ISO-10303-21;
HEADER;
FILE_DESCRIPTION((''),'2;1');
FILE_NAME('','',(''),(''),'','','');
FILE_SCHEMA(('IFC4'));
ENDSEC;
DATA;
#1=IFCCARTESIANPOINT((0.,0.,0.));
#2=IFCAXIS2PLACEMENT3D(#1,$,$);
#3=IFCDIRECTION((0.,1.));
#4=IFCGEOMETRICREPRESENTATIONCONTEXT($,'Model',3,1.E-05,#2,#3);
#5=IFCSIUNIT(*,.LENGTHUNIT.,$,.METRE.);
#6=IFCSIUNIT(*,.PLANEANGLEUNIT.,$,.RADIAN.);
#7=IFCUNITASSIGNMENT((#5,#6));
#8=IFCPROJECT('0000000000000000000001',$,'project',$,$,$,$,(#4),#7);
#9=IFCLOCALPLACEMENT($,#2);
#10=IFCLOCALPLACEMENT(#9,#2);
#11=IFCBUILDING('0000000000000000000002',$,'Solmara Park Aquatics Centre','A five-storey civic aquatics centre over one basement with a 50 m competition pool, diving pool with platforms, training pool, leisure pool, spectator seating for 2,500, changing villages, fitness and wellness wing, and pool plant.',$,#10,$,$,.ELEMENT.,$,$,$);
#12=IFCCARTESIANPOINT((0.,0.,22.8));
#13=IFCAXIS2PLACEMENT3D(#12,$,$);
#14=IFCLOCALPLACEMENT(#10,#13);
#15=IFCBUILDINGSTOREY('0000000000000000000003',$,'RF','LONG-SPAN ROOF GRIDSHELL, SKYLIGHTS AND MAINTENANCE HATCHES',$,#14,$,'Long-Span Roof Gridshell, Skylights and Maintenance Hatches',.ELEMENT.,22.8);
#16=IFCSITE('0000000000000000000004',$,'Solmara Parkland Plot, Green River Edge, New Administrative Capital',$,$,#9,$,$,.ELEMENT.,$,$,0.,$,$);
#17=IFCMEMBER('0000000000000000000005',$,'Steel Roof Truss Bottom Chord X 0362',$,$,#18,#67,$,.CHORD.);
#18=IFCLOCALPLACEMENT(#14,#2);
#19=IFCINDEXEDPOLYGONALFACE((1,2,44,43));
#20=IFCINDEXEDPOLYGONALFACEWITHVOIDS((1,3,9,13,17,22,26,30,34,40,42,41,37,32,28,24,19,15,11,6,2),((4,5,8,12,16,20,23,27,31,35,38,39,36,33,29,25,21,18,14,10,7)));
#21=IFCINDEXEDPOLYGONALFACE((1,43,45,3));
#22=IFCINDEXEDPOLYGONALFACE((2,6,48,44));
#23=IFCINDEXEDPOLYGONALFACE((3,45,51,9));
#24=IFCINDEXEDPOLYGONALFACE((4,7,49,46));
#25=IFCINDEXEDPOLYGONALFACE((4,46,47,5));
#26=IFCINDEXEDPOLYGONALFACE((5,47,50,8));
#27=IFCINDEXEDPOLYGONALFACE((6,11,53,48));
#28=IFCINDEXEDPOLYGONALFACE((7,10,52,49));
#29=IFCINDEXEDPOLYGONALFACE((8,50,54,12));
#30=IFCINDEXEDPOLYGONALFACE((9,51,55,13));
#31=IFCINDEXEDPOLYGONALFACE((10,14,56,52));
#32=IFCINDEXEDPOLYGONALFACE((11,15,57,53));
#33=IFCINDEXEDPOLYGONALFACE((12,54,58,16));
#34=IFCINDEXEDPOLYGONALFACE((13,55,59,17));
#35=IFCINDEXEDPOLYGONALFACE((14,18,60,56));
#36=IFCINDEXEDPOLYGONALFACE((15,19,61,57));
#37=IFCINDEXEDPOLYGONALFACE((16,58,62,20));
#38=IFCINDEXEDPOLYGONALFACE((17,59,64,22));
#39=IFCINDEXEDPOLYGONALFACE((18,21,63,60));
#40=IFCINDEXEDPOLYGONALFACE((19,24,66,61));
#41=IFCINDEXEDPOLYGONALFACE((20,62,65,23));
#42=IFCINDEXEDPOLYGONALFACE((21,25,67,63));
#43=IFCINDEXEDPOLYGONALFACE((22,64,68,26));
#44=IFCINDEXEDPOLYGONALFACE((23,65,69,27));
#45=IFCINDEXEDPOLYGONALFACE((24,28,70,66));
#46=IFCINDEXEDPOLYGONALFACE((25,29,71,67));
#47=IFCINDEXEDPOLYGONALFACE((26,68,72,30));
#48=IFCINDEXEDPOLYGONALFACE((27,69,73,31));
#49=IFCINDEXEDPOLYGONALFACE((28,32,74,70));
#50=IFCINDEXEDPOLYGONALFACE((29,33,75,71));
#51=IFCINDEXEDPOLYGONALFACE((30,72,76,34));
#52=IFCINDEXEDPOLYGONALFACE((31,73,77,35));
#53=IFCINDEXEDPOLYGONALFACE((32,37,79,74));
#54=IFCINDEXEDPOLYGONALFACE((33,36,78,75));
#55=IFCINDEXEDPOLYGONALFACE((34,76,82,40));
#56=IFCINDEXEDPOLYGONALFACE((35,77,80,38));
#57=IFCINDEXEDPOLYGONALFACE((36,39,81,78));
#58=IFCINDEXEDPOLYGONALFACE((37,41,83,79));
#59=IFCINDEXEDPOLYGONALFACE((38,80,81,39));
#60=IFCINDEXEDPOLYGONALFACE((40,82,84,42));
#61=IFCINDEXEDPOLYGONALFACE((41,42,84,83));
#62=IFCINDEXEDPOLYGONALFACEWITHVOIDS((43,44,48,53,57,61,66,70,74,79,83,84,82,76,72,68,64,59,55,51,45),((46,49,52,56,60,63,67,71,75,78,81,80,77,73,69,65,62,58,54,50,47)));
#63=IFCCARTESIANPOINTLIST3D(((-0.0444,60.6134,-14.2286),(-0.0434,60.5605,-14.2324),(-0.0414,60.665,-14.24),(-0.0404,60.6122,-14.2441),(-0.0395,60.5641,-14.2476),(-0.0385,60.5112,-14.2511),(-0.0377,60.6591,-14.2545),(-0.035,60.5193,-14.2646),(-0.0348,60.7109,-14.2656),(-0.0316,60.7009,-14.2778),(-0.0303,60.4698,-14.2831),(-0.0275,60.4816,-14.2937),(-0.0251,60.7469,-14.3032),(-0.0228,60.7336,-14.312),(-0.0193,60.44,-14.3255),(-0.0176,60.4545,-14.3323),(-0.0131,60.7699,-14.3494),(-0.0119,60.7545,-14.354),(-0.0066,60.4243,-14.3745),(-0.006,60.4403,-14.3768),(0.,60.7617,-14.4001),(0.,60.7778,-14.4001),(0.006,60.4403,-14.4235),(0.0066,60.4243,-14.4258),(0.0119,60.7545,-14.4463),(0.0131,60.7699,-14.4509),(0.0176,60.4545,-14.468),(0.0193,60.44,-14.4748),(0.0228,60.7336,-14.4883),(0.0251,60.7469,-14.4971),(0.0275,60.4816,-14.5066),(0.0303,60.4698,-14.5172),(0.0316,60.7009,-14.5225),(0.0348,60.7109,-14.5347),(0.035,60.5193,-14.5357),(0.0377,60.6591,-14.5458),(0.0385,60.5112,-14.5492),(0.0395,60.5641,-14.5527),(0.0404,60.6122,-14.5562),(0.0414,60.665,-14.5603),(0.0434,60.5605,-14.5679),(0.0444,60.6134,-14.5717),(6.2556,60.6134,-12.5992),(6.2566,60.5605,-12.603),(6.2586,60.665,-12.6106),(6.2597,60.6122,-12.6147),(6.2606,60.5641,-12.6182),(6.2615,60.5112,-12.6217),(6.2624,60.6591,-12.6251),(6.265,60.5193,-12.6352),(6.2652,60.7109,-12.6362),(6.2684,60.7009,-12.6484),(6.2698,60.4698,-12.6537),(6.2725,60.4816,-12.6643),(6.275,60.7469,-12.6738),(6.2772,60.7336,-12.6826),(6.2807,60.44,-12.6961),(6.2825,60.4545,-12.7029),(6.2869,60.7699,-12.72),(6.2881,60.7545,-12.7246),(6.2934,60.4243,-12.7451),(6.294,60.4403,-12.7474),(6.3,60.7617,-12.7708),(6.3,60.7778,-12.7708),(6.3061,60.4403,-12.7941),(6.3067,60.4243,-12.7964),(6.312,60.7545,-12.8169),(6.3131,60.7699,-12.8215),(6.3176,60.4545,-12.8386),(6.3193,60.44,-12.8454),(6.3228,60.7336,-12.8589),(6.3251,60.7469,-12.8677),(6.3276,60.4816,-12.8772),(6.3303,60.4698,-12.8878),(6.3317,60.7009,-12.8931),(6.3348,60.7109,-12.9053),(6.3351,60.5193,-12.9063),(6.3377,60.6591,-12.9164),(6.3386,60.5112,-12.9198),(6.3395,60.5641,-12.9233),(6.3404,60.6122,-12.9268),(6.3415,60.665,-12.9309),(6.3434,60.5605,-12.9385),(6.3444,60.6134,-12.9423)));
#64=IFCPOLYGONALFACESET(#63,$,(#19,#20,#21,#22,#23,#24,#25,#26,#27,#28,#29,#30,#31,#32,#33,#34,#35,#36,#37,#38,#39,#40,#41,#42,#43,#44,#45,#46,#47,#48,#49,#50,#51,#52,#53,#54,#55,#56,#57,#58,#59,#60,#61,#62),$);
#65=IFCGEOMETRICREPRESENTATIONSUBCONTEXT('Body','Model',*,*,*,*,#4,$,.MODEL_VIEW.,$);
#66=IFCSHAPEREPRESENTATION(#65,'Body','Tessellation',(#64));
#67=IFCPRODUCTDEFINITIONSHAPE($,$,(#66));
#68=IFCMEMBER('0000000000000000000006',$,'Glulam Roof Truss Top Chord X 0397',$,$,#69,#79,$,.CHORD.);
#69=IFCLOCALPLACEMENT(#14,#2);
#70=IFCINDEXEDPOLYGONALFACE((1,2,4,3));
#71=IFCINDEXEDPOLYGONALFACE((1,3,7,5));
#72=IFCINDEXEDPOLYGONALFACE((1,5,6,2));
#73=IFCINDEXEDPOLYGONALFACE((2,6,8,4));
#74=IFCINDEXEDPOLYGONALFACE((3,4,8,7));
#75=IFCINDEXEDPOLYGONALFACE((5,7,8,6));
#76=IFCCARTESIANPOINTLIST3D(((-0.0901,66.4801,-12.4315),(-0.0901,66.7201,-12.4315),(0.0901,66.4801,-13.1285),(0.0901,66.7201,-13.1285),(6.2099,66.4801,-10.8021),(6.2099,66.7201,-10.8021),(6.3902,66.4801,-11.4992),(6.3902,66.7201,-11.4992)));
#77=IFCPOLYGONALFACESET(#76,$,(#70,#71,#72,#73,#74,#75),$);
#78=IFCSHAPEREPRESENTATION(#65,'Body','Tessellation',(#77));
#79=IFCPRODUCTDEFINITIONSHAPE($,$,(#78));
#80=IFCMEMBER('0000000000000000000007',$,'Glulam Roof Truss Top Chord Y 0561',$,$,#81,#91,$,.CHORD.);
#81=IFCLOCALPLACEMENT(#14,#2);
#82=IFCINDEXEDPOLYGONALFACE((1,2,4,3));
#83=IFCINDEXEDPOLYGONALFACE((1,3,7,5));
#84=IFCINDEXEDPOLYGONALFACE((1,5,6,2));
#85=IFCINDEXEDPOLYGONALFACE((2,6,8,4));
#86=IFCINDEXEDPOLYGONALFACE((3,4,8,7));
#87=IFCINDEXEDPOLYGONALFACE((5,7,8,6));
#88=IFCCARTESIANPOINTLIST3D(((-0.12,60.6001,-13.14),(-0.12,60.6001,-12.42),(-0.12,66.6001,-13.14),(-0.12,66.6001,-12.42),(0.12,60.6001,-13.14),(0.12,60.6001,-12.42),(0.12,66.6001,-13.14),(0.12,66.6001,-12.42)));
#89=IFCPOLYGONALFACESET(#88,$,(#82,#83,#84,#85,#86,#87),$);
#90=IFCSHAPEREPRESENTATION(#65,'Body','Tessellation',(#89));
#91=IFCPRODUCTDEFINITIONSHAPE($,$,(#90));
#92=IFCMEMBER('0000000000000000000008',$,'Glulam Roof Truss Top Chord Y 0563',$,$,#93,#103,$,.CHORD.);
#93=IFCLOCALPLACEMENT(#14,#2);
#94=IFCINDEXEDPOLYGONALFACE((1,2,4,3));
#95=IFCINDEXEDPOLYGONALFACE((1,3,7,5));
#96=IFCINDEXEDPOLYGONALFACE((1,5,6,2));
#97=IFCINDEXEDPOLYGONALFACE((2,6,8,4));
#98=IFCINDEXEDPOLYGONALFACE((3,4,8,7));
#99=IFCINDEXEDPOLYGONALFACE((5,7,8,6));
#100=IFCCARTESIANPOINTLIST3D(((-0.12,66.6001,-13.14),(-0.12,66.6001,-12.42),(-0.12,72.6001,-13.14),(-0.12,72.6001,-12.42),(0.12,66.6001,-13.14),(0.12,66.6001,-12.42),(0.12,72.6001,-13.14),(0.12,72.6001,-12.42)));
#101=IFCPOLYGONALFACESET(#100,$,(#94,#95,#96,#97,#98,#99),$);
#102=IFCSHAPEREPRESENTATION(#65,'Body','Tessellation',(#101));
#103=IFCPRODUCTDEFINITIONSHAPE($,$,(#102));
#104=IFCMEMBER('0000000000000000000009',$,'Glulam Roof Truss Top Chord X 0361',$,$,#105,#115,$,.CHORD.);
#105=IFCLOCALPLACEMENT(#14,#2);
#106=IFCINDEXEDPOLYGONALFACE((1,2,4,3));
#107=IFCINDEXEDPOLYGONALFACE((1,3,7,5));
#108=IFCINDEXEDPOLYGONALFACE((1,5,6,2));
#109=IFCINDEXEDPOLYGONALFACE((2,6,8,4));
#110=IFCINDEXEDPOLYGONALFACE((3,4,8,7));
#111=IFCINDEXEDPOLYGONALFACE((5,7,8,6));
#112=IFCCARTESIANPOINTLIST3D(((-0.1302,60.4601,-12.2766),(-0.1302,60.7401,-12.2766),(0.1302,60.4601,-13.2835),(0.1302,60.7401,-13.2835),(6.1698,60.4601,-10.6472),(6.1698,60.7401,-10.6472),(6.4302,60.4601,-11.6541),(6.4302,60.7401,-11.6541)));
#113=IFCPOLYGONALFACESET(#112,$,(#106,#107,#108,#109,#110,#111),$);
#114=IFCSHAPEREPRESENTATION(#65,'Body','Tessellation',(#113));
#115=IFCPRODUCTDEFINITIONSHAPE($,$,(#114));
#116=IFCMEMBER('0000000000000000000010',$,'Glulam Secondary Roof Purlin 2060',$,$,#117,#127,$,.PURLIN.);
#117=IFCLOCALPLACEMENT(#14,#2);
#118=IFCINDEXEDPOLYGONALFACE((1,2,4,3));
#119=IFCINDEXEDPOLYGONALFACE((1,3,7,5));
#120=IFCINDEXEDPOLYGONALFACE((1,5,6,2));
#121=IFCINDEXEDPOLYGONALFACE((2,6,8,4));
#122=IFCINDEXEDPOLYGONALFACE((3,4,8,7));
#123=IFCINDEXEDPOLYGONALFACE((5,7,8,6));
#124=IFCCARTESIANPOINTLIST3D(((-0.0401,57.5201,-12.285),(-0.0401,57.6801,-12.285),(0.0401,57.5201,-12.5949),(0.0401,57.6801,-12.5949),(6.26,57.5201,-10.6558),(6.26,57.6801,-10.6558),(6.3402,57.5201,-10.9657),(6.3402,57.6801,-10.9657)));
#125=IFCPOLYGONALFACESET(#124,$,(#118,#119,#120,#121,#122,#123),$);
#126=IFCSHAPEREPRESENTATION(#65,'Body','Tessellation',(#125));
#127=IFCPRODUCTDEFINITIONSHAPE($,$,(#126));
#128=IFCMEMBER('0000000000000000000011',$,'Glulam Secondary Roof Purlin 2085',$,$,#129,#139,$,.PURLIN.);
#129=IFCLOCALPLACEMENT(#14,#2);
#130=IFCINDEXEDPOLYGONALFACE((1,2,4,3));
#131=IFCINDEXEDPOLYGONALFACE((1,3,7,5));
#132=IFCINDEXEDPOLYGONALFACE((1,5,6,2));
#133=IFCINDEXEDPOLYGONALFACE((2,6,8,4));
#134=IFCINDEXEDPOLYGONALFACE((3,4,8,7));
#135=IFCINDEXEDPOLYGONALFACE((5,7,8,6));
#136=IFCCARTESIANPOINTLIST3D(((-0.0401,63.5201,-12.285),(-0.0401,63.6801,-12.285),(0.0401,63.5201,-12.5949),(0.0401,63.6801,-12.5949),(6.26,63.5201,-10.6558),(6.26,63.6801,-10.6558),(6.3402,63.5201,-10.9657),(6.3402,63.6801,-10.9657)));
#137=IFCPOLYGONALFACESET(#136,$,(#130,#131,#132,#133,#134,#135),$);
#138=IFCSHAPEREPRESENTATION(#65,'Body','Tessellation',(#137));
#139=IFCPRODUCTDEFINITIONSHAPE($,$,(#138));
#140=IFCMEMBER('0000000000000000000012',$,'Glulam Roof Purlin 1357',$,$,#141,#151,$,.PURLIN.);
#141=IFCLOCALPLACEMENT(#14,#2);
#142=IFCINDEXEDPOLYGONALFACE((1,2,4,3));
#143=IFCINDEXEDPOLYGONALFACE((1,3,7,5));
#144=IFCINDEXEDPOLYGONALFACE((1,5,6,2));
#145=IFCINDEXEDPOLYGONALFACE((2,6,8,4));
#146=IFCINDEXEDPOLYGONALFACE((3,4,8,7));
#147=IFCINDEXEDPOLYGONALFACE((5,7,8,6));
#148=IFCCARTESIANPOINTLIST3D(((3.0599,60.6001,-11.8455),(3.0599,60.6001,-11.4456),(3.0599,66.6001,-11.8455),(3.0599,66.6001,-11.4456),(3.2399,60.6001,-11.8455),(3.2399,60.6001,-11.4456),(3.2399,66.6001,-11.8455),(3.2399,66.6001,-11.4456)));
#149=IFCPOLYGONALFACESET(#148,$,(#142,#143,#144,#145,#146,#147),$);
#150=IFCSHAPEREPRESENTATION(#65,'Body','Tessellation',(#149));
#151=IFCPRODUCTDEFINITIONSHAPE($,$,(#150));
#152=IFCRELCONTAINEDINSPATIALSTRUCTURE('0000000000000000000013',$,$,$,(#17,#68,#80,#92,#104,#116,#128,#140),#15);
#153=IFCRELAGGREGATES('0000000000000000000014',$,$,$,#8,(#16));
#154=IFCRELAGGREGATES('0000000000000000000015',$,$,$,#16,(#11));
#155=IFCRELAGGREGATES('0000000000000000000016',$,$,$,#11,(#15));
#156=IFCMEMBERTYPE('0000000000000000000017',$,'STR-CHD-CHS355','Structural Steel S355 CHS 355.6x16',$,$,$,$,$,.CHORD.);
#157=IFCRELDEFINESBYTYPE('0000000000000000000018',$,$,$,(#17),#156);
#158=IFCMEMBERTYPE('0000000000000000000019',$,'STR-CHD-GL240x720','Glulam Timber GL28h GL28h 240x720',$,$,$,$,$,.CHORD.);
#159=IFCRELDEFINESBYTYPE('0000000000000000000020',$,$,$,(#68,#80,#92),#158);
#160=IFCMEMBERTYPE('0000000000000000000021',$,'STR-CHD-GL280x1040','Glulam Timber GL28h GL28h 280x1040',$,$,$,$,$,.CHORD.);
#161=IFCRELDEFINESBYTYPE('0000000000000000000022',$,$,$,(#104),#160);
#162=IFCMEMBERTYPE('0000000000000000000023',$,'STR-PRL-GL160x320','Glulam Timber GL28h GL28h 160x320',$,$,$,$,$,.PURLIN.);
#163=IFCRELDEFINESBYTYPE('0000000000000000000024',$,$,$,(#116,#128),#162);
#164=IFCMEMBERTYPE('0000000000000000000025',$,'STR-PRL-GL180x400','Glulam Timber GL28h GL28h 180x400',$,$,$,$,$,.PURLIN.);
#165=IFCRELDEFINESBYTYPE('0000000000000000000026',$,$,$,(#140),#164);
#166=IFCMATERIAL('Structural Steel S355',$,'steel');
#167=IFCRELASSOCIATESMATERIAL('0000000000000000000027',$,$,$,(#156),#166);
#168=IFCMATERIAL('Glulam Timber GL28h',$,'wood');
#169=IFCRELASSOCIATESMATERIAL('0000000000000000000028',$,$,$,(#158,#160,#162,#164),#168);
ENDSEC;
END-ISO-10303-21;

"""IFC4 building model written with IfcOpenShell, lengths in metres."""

from ifc_helpers import new_model, si_unit, direction, frame, origin, origin_2d, place, context, subcontext, project, spatial, rectangle, hollow_circle, extrude, material, material_profile, profile_set, type_object, element, save


model = new_model("IFC4")

# Units and contexts
model_context = context("Model", 3, precision=1e-05, world=origin(), true_north=direction((0.0, 1.0)))
body_context = subcontext(model_context, "Body", "Model", "MODEL_VIEW")
ifc_project = project(units=[si_unit("LENGTHUNIT", "METRE"), si_unit("PLANEANGLEUNIT", "RADIAN")], contexts=[model_context])

# Site, building, storey
site_placement = place(None, origin())
site = spatial("IfcSite", under=ifc_project, at=site_placement, Name="Solmara Parkland Plot, Green River Edge, New Administrative Capital", CompositionType="ELEMENT", RefElevation=0.0)
building_placement = place(site_placement, origin())
building = spatial("IfcBuilding", under=site, at=building_placement, Name="Solmara Park Aquatics Centre", Description="A five-storey civic aquatics centre over one basement with a 50 m competition pool, diving pool with platforms, training pool, leisure pool, spectator seating for 2,500, changing villages, fitness and wellness wing, and pool plant.", CompositionType="ELEMENT")
storey_placement = place(building_placement, frame((0.0, 0.0, 22.8)))
storey = spatial("IfcBuildingStorey", under=building, at=storey_placement, Name="RF", Description="LONG-SPAN ROOF GRIDSHELL, SKYLIGHTS AND MAINTENANCE HATCHES", LongName="Long-Span Roof Gridshell, Skylights and Maintenance Hatches", CompositionType="ELEMENT", Elevation=22.8)

# Members
ifc_material_1 = material(Name="Structural Steel S355", Category="steel")
ifc_material_profile_1 = material_profile(ifc_material_1, hollow_circle(Radius=0.1777, WallThickness=0.0161, at=origin_2d()), Name="CHS 355.6x16")
ifc_profile_set_1 = profile_set([ifc_material_profile_1], Name="Structural Steel S355")
member_type_1 = type_object("IfcMemberType", Name="STR-CHD-CHS355", Description="Structural Steel S355 CHS 355.6x16", PredefinedType="CHORD", material=ifc_profile_set_1)
member_1_placement = place(storey_placement, frame((0.0, 60.6001, -14.4001), z_axis=(0.968144, 0.0, 0.250393), x_axis=(0.0, 1.0, 0.0)))
element("IfcMember", 1, at=member_1_placement, inside=storey, type_object=member_type_1, Name="Steel Roof Truss Bottom Chord X 0362", PredefinedType="CHORD", context=body_context, shape_type="SweptSolid", body=[
    extrude(hollow_circle(Radius=0.1777, WallThickness=0.0161, at=origin_2d()), origin(), (0.0, 0.0, 1.0), 6.5073),
])
ifc_material_2 = material(Name="Glulam Timber GL28h", Category="wood")
ifc_material_profile_2 = material_profile(ifc_material_2, rectangle(XDim=0.24, YDim=0.72, at=origin_2d()), Name="GL28h 240x720")
ifc_profile_set_2 = profile_set([ifc_material_profile_2], Name="Glulam Timber GL28h")
member_type_2 = type_object("IfcMemberType", Name="STR-CHD-GL240x720", Description="Glulam Timber GL28h GL28h 240x720", PredefinedType="CHORD", material=ifc_profile_set_2)
member_2_placement = place(storey_placement, frame((0.0, 66.6001, -12.78), z_axis=(0.968144, 0.0, 0.250393), x_axis=(0.0, 1.0, 0.0)))
element("IfcMember", 2, at=member_2_placement, inside=storey, type_object=member_type_2, Name="Glulam Roof Truss Top Chord X 0397", PredefinedType="CHORD", context=body_context, shape_type="SweptSolid", body=[
    extrude(rectangle(XDim=0.24, YDim=0.72, at=origin_2d()), origin(), (0.0, 0.0, 1.0), 6.5073),
])
for number, where, z_axis, x_axis, name in (
    (3, (0.0, 60.6001, -12.78), (0.0, 1.0, 0.0), (-1.0, 0.0, 0.0), "Glulam Roof Truss Top Chord Y 0561"),
    (4, (0.0, 66.6001, -12.78), (0.0, 1.0, 0.0), (-1.0, 0.0, 0.0), "Glulam Roof Truss Top Chord Y 0563"),
):
    element("IfcMember", number, at=place(storey_placement, frame(where, z_axis=z_axis, x_axis=x_axis)), inside=storey, type_object=member_type_2, Name=name, PredefinedType="CHORD", context=body_context, shape_type="SweptSolid", body=[
        extrude(rectangle(XDim=0.24, YDim=0.72, at=origin_2d()), origin(), (0.0, 0.0, 1.0), 6.0),
    ])
ifc_material_profile_3 = material_profile(ifc_material_2, rectangle(XDim=0.28, YDim=1.04, at=origin_2d()), Name="GL28h 280x1040")
ifc_profile_set_3 = profile_set([ifc_material_profile_3], Name="Glulam Timber GL28h")
member_type_3 = type_object("IfcMemberType", Name="STR-CHD-GL280x1040", Description="Glulam Timber GL28h GL28h 280x1040", PredefinedType="CHORD", material=ifc_profile_set_3)
member_3_placement = place(storey_placement, frame((0.0, 60.6001, -12.78), z_axis=(0.968144, 0.0, 0.250393), x_axis=(0.0, 1.0, 0.0)))
element("IfcMember", 5, at=member_3_placement, inside=storey, type_object=member_type_3, Name="Glulam Roof Truss Top Chord X 0361", PredefinedType="CHORD", context=body_context, shape_type="SweptSolid", body=[
    extrude(rectangle(XDim=0.28, YDim=1.04, at=origin_2d()), origin(), (0.0, 0.0, 1.0), 6.5073),
])
ifc_material_profile_4 = material_profile(ifc_material_2, rectangle(XDim=0.1599, YDim=0.3201, at=origin_2d()), Name="GL28h 160x320")
ifc_profile_set_4 = profile_set([ifc_material_profile_4], Name="Glulam Timber GL28h")
member_type_4 = type_object("IfcMemberType", Name="STR-PRL-GL160x320", Description="Glulam Timber GL28h GL28h 160x320", PredefinedType="PURLIN", material=ifc_profile_set_4)
for number, where, z_axis, x_axis, name in (
    (6, (0.0, 57.6001, -12.4399), (0.968153, 0.0, 0.250358), (0.0, 1.0, 0.0), "Glulam Secondary Roof Purlin 2060"),
    (7, (0.0, 63.6001, -12.4399), (0.968153, 0.0, 0.250358), (0.0, 1.0, 0.0), "Glulam Secondary Roof Purlin 2085"),
):
    element("IfcMember", number, at=place(storey_placement, frame(where, z_axis=z_axis, x_axis=x_axis)), inside=storey, type_object=member_type_4, Name=name, PredefinedType="PURLIN", context=body_context, shape_type="SweptSolid", body=[
        extrude(rectangle(XDim=0.1599, YDim=0.3201, at=origin_2d()), origin(), (0.0, 0.0, 1.0), 6.5073),
    ])
ifc_material_profile_5 = material_profile(ifc_material_2, rectangle(XDim=0.1799, YDim=0.3999, at=origin_2d()), Name="GL28h 180x400")
ifc_profile_set_5 = profile_set([ifc_material_profile_5], Name="Glulam Timber GL28h")
member_type_5 = type_object("IfcMemberType", Name="STR-PRL-GL180x400", Description="Glulam Timber GL28h GL28h 180x400", PredefinedType="PURLIN", material=ifc_profile_set_5)
member_4_placement = place(storey_placement, frame((3.1499, 60.6001, -11.6455), z_axis=(0.0, 1.0, 0.0), x_axis=(-1.0, 0.0, 0.0)))
element("IfcMember", 8, at=member_4_placement, inside=storey, type_object=member_type_5, Name="Glulam Roof Purlin 1357", PredefinedType="PURLIN", context=body_context, shape_type="SweptSolid", body=[
    extrude(rectangle(XDim=0.1799, YDim=0.3999, at=origin_2d()), origin(), (0.0, 0.0, 1.0), 6.0),
])

save(model, "model.ifc")
